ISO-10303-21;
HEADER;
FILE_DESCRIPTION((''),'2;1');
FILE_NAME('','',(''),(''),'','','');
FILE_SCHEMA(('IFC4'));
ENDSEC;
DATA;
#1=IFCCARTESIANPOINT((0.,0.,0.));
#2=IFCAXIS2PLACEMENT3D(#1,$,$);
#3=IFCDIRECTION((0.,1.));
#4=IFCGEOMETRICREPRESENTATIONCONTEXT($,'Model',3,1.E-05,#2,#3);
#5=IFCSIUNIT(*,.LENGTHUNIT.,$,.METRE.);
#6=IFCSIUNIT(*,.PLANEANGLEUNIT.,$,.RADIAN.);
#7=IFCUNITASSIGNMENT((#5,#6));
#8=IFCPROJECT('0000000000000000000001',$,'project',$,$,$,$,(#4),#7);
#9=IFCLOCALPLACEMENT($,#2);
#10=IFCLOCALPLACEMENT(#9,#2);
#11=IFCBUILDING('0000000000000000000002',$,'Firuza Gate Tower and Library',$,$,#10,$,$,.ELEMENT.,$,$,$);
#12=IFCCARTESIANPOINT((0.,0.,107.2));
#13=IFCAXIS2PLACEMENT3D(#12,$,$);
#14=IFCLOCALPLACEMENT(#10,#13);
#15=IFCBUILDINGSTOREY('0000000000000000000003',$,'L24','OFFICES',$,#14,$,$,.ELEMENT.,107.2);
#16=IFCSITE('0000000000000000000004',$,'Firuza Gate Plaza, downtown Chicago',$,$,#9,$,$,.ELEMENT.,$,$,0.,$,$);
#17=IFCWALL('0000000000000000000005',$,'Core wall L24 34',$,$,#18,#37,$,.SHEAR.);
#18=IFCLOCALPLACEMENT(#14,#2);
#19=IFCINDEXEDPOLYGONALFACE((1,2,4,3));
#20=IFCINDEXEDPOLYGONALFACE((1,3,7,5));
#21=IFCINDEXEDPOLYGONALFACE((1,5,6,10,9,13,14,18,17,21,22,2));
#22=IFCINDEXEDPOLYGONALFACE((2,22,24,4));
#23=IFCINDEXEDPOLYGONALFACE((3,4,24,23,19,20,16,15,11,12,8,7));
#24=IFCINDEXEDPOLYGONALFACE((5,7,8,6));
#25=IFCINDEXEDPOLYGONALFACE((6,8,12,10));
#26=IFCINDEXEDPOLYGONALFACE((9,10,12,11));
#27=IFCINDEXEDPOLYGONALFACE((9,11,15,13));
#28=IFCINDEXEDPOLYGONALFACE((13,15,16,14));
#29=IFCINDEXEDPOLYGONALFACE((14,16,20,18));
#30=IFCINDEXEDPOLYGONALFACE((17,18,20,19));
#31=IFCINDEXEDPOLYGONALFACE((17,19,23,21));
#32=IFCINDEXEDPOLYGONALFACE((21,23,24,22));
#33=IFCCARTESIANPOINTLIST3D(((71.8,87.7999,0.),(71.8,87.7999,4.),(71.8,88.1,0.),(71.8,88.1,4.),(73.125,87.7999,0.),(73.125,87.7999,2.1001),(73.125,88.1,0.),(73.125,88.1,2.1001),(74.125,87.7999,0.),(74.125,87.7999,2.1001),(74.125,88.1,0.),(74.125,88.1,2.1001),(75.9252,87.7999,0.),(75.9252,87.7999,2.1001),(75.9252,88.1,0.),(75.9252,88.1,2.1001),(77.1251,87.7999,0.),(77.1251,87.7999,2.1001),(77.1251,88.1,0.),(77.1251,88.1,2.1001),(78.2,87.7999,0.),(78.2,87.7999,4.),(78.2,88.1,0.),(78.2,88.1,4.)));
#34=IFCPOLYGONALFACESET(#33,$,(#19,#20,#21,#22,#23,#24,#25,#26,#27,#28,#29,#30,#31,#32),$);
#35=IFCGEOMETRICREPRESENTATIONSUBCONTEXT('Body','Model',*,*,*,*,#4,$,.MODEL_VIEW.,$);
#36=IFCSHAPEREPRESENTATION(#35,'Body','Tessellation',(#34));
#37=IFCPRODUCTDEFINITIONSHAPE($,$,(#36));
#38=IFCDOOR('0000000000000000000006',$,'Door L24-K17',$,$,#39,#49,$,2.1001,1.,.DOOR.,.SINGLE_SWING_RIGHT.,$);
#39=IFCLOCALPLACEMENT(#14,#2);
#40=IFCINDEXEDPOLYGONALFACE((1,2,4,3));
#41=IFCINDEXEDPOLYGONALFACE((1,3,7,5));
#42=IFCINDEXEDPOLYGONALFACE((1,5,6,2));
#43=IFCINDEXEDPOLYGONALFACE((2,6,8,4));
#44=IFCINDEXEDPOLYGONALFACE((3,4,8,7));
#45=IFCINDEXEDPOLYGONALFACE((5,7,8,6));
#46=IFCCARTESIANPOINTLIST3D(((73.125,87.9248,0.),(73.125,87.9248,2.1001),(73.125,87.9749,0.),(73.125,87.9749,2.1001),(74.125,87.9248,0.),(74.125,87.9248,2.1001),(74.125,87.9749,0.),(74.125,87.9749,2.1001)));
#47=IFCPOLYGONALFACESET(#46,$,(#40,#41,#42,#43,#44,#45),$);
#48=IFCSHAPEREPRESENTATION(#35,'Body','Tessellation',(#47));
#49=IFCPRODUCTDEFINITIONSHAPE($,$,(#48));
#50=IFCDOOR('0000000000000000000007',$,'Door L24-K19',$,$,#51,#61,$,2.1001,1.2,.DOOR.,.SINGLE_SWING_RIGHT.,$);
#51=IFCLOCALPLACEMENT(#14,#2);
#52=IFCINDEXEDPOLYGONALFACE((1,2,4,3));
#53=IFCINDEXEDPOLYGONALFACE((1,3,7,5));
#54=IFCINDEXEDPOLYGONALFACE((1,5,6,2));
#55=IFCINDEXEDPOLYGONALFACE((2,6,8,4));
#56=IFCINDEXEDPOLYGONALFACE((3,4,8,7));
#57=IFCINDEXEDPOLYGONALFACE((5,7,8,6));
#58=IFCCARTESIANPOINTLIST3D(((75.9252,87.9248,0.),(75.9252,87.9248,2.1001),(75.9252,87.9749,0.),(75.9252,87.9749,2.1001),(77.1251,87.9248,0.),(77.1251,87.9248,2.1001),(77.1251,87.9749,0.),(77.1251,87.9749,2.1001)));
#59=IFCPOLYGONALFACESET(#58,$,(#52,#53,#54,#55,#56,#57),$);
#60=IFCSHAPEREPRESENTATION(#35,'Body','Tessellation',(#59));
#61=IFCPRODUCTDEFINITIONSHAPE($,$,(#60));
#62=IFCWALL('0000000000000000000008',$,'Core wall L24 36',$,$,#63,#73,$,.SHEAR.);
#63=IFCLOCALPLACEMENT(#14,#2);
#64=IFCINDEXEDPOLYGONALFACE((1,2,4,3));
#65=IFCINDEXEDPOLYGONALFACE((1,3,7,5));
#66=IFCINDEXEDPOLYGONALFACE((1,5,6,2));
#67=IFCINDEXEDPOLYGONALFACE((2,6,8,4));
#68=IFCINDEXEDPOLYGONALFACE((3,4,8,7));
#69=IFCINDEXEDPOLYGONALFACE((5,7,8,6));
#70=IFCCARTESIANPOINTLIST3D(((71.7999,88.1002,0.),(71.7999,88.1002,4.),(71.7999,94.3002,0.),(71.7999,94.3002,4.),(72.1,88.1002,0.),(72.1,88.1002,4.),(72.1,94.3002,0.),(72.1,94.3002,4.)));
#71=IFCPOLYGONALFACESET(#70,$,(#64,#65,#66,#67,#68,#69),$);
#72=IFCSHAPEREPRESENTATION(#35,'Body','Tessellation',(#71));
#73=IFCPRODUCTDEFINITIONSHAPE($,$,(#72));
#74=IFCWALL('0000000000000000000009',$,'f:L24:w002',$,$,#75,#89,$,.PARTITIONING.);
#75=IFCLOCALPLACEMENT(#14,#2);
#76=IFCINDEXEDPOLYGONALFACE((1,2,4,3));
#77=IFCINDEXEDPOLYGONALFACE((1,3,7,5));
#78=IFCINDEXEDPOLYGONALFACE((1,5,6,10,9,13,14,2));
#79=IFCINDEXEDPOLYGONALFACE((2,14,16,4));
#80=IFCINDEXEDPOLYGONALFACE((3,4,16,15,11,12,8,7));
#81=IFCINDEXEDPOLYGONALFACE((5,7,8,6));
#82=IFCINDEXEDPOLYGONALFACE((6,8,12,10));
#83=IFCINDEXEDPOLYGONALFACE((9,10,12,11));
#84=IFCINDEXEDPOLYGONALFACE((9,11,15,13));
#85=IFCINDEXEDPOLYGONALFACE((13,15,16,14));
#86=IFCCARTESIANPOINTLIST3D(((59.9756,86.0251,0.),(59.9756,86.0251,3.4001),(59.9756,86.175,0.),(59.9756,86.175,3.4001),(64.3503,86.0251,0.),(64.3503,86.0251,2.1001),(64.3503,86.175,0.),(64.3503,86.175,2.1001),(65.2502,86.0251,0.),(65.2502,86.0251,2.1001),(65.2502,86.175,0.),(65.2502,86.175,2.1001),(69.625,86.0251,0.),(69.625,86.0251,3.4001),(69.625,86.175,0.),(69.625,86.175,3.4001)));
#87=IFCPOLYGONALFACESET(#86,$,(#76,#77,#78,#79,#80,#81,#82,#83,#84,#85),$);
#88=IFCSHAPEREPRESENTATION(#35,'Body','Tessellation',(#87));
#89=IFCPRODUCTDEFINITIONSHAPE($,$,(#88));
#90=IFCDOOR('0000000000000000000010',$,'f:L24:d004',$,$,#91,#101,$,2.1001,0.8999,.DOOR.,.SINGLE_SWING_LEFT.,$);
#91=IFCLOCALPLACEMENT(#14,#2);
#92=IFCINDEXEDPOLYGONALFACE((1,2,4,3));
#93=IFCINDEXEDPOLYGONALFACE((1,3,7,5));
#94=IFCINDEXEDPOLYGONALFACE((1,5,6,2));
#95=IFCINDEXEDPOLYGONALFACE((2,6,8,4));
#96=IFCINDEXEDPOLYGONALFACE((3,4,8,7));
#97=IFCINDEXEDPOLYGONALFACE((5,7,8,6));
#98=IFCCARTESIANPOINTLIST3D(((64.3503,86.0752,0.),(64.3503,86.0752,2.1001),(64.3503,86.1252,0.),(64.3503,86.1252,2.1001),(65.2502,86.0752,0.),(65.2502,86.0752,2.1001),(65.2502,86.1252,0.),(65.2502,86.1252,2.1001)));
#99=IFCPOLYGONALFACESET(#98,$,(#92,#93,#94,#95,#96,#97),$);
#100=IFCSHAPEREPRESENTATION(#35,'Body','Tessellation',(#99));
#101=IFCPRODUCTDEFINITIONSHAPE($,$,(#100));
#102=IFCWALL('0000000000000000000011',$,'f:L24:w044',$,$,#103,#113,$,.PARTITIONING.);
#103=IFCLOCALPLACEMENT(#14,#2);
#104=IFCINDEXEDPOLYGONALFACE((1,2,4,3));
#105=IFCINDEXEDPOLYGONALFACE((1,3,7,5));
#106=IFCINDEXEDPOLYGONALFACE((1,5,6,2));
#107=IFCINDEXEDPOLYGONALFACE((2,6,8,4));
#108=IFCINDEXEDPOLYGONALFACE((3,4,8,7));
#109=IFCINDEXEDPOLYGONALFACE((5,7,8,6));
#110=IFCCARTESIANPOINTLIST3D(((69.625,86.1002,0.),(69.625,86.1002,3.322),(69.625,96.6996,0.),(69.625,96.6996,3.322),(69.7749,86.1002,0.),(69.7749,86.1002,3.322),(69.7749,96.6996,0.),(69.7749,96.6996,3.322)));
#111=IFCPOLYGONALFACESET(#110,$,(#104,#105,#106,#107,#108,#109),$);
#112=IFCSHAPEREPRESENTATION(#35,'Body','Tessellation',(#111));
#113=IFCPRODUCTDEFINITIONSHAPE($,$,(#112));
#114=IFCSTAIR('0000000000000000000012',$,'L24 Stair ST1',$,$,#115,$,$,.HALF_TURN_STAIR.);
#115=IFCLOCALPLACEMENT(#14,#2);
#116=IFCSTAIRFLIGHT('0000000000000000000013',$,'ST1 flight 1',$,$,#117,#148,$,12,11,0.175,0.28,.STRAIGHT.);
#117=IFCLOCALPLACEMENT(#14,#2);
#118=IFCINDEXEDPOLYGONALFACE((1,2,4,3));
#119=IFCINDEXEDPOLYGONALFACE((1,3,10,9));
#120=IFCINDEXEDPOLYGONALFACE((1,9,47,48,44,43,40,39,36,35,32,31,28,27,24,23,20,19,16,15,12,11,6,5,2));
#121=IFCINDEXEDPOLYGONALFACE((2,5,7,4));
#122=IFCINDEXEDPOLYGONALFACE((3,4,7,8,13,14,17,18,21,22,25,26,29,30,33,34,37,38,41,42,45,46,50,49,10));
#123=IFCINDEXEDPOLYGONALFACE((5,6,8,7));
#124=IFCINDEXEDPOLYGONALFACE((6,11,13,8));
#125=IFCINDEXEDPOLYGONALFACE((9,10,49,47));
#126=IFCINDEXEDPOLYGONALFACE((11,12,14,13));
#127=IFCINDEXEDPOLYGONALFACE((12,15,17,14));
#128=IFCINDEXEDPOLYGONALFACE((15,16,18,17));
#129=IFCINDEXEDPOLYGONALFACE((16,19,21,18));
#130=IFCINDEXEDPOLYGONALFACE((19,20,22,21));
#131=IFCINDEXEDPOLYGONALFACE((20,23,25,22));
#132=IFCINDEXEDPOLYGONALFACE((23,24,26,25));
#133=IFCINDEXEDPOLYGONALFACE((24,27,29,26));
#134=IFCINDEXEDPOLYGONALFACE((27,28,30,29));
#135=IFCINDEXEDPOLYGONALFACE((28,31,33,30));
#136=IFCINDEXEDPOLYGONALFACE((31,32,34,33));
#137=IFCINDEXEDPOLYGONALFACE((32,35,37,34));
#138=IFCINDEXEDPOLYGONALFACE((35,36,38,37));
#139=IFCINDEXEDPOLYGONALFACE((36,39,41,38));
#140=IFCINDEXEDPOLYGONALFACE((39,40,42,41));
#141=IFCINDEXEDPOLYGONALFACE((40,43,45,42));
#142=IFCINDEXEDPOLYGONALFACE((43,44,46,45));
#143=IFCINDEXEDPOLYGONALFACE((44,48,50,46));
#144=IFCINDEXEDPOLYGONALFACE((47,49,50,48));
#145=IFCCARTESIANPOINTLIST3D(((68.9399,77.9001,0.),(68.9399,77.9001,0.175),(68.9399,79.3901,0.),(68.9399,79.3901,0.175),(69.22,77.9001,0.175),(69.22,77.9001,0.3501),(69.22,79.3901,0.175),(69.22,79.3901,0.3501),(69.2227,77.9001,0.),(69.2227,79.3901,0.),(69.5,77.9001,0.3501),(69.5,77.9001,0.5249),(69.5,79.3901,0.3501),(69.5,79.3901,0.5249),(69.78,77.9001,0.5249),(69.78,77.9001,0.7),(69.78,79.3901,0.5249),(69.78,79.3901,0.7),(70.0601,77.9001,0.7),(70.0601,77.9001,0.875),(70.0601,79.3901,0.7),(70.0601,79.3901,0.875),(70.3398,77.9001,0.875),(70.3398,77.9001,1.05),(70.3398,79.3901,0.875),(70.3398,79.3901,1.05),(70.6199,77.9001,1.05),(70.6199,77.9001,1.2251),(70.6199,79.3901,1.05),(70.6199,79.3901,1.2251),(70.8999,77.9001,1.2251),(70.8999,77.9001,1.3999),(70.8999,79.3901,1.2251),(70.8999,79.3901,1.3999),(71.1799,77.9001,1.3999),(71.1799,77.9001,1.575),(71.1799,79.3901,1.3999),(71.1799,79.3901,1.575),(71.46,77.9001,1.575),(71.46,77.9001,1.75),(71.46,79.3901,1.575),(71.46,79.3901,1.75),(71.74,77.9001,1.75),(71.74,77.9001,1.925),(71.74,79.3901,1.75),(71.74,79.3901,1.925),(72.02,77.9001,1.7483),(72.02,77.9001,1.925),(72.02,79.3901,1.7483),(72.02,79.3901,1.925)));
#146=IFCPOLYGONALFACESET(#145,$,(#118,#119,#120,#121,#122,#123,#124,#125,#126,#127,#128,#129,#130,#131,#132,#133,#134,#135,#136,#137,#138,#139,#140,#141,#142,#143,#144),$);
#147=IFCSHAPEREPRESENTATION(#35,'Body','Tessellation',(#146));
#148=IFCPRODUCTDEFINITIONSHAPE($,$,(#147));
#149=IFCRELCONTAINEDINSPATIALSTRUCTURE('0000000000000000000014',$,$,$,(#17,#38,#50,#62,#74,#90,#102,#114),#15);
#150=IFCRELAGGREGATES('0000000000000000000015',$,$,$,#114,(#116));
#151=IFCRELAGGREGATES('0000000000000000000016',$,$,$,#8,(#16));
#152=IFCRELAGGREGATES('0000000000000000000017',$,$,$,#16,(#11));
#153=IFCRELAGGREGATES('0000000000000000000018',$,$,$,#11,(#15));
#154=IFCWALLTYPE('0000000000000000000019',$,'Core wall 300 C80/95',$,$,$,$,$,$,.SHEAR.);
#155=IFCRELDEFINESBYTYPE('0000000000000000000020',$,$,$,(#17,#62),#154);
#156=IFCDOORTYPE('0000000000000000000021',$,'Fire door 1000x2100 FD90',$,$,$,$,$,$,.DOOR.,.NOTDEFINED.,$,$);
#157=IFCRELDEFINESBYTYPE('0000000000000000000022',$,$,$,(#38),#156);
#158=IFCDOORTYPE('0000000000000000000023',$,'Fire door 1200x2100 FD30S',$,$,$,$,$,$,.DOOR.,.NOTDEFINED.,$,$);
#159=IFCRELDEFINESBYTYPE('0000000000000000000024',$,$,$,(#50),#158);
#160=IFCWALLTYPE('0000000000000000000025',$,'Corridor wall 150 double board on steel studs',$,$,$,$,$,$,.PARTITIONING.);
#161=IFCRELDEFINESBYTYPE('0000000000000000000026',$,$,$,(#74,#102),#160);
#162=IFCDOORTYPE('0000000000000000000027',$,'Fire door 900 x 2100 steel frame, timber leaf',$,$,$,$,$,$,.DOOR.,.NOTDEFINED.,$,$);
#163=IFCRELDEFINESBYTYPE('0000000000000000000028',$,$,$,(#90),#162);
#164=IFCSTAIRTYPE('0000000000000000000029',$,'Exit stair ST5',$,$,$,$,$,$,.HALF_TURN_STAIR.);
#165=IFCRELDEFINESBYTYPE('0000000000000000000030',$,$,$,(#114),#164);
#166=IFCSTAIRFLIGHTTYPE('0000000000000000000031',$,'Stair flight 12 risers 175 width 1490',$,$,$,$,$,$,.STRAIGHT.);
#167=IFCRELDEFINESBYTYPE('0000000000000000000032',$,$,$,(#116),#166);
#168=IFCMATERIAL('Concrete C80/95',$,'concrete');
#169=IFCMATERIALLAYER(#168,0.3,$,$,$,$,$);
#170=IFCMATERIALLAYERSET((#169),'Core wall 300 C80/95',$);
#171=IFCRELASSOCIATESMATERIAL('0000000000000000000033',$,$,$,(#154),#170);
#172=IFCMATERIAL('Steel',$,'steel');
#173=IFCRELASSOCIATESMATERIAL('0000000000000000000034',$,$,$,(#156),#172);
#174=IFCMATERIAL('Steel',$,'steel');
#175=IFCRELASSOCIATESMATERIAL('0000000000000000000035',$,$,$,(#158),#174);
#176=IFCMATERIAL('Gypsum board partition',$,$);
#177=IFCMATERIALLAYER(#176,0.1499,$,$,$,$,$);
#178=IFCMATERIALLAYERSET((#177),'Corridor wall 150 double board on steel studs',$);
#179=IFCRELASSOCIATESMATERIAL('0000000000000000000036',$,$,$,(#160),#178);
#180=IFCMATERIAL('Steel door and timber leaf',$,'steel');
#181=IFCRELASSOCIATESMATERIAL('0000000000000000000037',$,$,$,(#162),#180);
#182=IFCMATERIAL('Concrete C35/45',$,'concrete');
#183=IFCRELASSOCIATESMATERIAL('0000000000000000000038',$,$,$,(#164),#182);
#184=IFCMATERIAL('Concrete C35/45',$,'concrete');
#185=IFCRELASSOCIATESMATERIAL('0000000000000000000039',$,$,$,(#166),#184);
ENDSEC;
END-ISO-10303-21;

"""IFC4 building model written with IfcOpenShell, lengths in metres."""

from ifc_helpers import new_model, si_unit, direction, frame, frame_2d, origin, place, context, subcontext, project, spatial, polyline, rectangle, outline, extrude, material, layer, layer_set, type_object, element, fill, aggregate, save


model = new_model("IFC4")

# Units and contexts
model_context = context("Model", 3, precision=1e-05, world=origin(), true_north=direction((0.0, 1.0)))
body_context = subcontext(model_context, "Body", "Model", "MODEL_VIEW")
ifc_project = project(units=[si_unit("LENGTHUNIT", "METRE"), si_unit("PLANEANGLEUNIT", "RADIAN")], contexts=[model_context])

# Site, building, storey
site_placement = place(None, origin())
site = spatial("IfcSite", under=ifc_project, at=site_placement, Name="Firuza Gate Plaza, downtown Chicago", CompositionType="ELEMENT", RefElevation=0.0)
building_placement = place(site_placement, origin())
building = spatial("IfcBuilding", under=site, at=building_placement, Name="Firuza Gate Tower and Library", CompositionType="ELEMENT")
storey_placement = place(building_placement, frame((0.0, 0.0, 107.2)))
storey = spatial("IfcBuildingStorey", under=building, at=storey_placement, Name="L24", Description="OFFICES", CompositionType="ELEMENT", Elevation=107.2)

# Shared definitions
ifc_material_1 = material(Name="Concrete C80/95", Category="concrete")
ifc_layer_1 = layer(ifc_material_1, 0.3)
ifc_layer_set_1 = layer_set([ifc_layer_1], Name="Core wall 300 C80/95")
wall_type_1 = type_object("IfcWallType", Name="Core wall 300 C80/95", PredefinedType="SHEAR", material=ifc_layer_set_1)

# Wall, openings, doors
wall_1_placement = place(storey_placement, frame((71.8, 87.95, 0.0), z_axis=(0.0, 0.0, 1.0), x_axis=(1.0, 0.0, 0.0)))
wall_1 = element("IfcWall", 1, at=wall_1_placement, inside=storey, type_object=wall_type_1, Name="Core wall L24 34", PredefinedType="SHEAR", context=body_context, shape_type="SweptSolid", body=[
    extrude(rectangle(XDim=6.3999, YDim=0.3, at=frame_2d((3.2, 0.0))), origin(), (0.0, 0.0, 1.0), 4.0),
])
opening_1_placement = place(wall_1_placement, frame((1.325, 0.0, 0.0)))
opening_1 = element("IfcOpeningElement", 2, at=opening_1_placement, cuts=wall_1, PredefinedType="OPENING", context=body_context, shape_type="SweptSolid", body=[
    extrude(rectangle(XDim=1.0, YDim=2.1001, at=frame_2d((0.5, 1.05))), frame((0.0, 0.1602, 0.0), z_axis=(0.0, -1.0, 0.0), x_axis=(1.0, 0.0, 0.0)), (0.0, 0.0, 1.0), 0.3201),
])
opening_2_placement = place(wall_1_placement, frame((4.125, 0.0, 0.0)))
opening_2 = element("IfcOpeningElement", 3, at=opening_2_placement, cuts=wall_1, PredefinedType="OPENING", context=body_context, shape_type="SweptSolid", body=[
    extrude(rectangle(XDim=1.2, YDim=2.1001, at=frame_2d((0.6001, 1.05))), frame((0.0, 0.1602, 0.0), z_axis=(0.0, -1.0, 0.0), x_axis=(1.0, 0.0, 0.0)), (0.0, 0.0, 1.0), 0.3201),
])
ifc_material_2 = material(Name="Steel", Category="steel")
door_type_1 = type_object("IfcDoorType", Name="Fire door 1000x2100 FD90", OperationType="NOTDEFINED", PredefinedType="DOOR", material=ifc_material_2)
door_1_placement = place(opening_1_placement, origin())
door_1 = element("IfcDoor", 4, at=door_1_placement, inside=storey, type_object=door_type_1, Name="Door L24-K17", OperationType="SINGLE_SWING_RIGHT", OverallHeight=2.1001, OverallWidth=1.0, PredefinedType="DOOR", context=body_context, shape_type="SweptSolid", body=[
    extrude(rectangle(XDim=1.0, YDim=2.1001, at=frame_2d((0.5, 1.05))), frame((0.0, 0.0249, 0.0), z_axis=(0.0, -1.0, 0.0), x_axis=(1.0, 0.0, 0.0)), (0.0, 0.0, 1.0), 0.05),
])
fill(opening_1, door_1)
ifc_material_3 = material(Name="Steel", Category="steel")
door_type_2 = type_object("IfcDoorType", Name="Fire door 1200x2100 FD30S", OperationType="NOTDEFINED", PredefinedType="DOOR", material=ifc_material_3)
door_2_placement = place(opening_2_placement, origin())
door_2 = element("IfcDoor", 5, at=door_2_placement, inside=storey, type_object=door_type_2, Name="Door L24-K19", OperationType="SINGLE_SWING_RIGHT", OverallHeight=2.1001, OverallWidth=1.2, PredefinedType="DOOR", context=body_context, shape_type="SweptSolid", body=[
    extrude(rectangle(XDim=1.2, YDim=2.1001, at=frame_2d((0.6001, 1.05))), frame((0.0, 0.0249, 0.0), z_axis=(0.0, -1.0, 0.0), x_axis=(1.0, 0.0, 0.0)), (0.0, 0.0, 1.0), 0.05),
])
fill(opening_2, door_2)

# Wall
wall_2_placement = place(storey_placement, frame((71.95, 88.1001, 0.0), z_axis=(0.0, 0.0, 1.0), x_axis=(0.0, 1.0, 0.0)))
element("IfcWall", 6, at=wall_2_placement, inside=storey, type_object=wall_type_1, Name="Core wall L24 36", PredefinedType="SHEAR", context=body_context, shape_type="SweptSolid", body=[
    extrude(rectangle(XDim=6.2, YDim=0.3, at=frame_2d((3.1001, 0.0))), origin(), (0.0, 0.0, 1.0), 4.0),
])

# Wall, opening, door
ifc_material_4 = material(Name="Gypsum board partition")
ifc_layer_2 = layer(ifc_material_4, 0.1499)
ifc_layer_set_2 = layer_set([ifc_layer_2], Name="Corridor wall 150 double board on steel studs")
wall_type_2 = type_object("IfcWallType", Name="Corridor wall 150 double board on steel studs", PredefinedType="PARTITIONING", material=ifc_layer_set_2)
wall_3_placement = place(storey_placement, frame((69.625, 86.1001, 0.0), z_axis=(0.0, 0.0, 1.0), x_axis=(-1.0, 0.0, 0.0)))
wall_3 = element("IfcWall", 7, at=wall_3_placement, inside=storey, type_object=wall_type_2, Name="f:L24:w002", PredefinedType="PARTITIONING", context=body_context, shape_type="SweptSolid", body=[
    extrude(rectangle(XDim=9.6494, YDim=0.1499, at=frame_2d((4.8247, 0.0))), origin(), (0.0, 0.0, 1.0), 3.4001),
])
opening_3_placement = place(wall_3_placement, frame((4.3748, 0.0, 0.0)))
opening_3 = element("IfcOpeningElement", 8, at=opening_3_placement, cuts=wall_3, PredefinedType="OPENING", context=body_context, shape_type="SweptSolid", body=[
    extrude(rectangle(XDim=0.8999, YDim=2.1001, at=frame_2d((0.45, 1.05))), frame((0.0, 0.085, 0.0), z_axis=(0.0, -1.0, 0.0), x_axis=(1.0, 0.0, 0.0)), (0.0, 0.0, 1.0), 0.1699),
])
ifc_material_5 = material(Name="Steel door and timber leaf", Category="steel")
door_type_3 = type_object("IfcDoorType", Name="Fire door 900 x 2100 steel frame, timber leaf", OperationType="NOTDEFINED", PredefinedType="DOOR", material=ifc_material_5)
door_3_placement = place(opening_3_placement, origin())
door_3 = element("IfcDoor", 9, at=door_3_placement, inside=storey, type_object=door_type_3, Name="f:L24:d004", OperationType="SINGLE_SWING_LEFT", OverallHeight=2.1001, OverallWidth=0.8999, PredefinedType="DOOR", context=body_context, shape_type="SweptSolid", body=[
    extrude(rectangle(XDim=0.8999, YDim=2.1001, at=frame_2d((0.45, 1.05))), frame((0.0, 0.0249, 0.0), z_axis=(0.0, -1.0, 0.0), x_axis=(1.0, 0.0, 0.0)), (0.0, 0.0, 1.0), 0.05),
])
fill(opening_3, door_3)

# Wall
wall_4_placement = place(storey_placement, frame((69.7, 86.1001, 0.0), z_axis=(0.0, 0.0, 1.0), x_axis=(0.0, 1.0, 0.0)))
element("IfcWall", 10, at=wall_4_placement, inside=storey, type_object=wall_type_2, Name="f:L24:w044", PredefinedType="PARTITIONING", context=body_context, shape_type="SweptSolid", body=[
    extrude(rectangle(XDim=10.5994, YDim=0.1499, at=frame_2d((5.2998, 0.0))), origin(), (0.0, 0.0, 1.0), 3.322),
])

# Stair, stair flight
ifc_material_6 = material(Name="Concrete C35/45", Category="concrete")
stair_type = type_object("IfcStairType", Name="Exit stair ST5", PredefinedType="HALF_TURN_STAIR", material=ifc_material_6)
stair_placement = place(storey_placement, origin())
stair = element("IfcStair", 11, at=stair_placement, inside=storey, type_object=stair_type, Name="L24 Stair ST1", PredefinedType="HALF_TURN_STAIR")
ifc_material_7 = material(Name="Concrete C35/45", Category="concrete")
stair_flight_type = type_object("IfcStairFlightType", Name="Stair flight 12 risers 175 width 1490", PredefinedType="STRAIGHT", material=ifc_material_7)
stair_flight_1_placement = place(storey_placement, frame((68.9399, 78.645, 0.0), z_axis=(0.0, 0.0, 1.0), x_axis=(1.0, 0.0, 0.0)))
stair_flight_1 = element("IfcStairFlight", 12, at=stair_flight_1_placement, type_object=stair_flight_type, Name="ST1 flight 1", NumberOfRisers=12, NumberOfTreads=11, PredefinedType="STRAIGHT", RiserHeight=0.175, TreadLength=0.28, context=body_context, shape_type="SweptSolid", body=[
    extrude(outline(polyline([(0.0, 0.0), (0.0, 0.175), (0.28, 0.175), (0.28, 0.3501), (0.5601, 0.3501), (0.5601, 0.5249), (0.8401, 0.5249), (0.8401, 0.7), (1.1201, 0.7), (1.1201, 0.875), (1.3999, 0.875), (1.3999, 1.05), (1.6799, 1.05), (1.6799, 1.2251), (1.96, 1.2251), (1.96, 1.3999), (2.24, 1.3999), (2.24, 1.575), (2.52, 1.575), (2.52, 1.75), (2.8, 1.75), (2.8, 1.925), (3.0801, 1.925), (3.0801, 2.1001), (3.0801, 1.7483), (0.2827, 0.0), (0.0, 0.0)])), frame((0.0, 0.7451, 0.0), z_axis=(0.0, -1.0, 0.0), x_axis=(1.0, 0.0, 0.0)), (0.0, 0.0, 1.0), 1.49),
])
aggregate(stair, [stair_flight_1])

save(model, "model.ifc")
